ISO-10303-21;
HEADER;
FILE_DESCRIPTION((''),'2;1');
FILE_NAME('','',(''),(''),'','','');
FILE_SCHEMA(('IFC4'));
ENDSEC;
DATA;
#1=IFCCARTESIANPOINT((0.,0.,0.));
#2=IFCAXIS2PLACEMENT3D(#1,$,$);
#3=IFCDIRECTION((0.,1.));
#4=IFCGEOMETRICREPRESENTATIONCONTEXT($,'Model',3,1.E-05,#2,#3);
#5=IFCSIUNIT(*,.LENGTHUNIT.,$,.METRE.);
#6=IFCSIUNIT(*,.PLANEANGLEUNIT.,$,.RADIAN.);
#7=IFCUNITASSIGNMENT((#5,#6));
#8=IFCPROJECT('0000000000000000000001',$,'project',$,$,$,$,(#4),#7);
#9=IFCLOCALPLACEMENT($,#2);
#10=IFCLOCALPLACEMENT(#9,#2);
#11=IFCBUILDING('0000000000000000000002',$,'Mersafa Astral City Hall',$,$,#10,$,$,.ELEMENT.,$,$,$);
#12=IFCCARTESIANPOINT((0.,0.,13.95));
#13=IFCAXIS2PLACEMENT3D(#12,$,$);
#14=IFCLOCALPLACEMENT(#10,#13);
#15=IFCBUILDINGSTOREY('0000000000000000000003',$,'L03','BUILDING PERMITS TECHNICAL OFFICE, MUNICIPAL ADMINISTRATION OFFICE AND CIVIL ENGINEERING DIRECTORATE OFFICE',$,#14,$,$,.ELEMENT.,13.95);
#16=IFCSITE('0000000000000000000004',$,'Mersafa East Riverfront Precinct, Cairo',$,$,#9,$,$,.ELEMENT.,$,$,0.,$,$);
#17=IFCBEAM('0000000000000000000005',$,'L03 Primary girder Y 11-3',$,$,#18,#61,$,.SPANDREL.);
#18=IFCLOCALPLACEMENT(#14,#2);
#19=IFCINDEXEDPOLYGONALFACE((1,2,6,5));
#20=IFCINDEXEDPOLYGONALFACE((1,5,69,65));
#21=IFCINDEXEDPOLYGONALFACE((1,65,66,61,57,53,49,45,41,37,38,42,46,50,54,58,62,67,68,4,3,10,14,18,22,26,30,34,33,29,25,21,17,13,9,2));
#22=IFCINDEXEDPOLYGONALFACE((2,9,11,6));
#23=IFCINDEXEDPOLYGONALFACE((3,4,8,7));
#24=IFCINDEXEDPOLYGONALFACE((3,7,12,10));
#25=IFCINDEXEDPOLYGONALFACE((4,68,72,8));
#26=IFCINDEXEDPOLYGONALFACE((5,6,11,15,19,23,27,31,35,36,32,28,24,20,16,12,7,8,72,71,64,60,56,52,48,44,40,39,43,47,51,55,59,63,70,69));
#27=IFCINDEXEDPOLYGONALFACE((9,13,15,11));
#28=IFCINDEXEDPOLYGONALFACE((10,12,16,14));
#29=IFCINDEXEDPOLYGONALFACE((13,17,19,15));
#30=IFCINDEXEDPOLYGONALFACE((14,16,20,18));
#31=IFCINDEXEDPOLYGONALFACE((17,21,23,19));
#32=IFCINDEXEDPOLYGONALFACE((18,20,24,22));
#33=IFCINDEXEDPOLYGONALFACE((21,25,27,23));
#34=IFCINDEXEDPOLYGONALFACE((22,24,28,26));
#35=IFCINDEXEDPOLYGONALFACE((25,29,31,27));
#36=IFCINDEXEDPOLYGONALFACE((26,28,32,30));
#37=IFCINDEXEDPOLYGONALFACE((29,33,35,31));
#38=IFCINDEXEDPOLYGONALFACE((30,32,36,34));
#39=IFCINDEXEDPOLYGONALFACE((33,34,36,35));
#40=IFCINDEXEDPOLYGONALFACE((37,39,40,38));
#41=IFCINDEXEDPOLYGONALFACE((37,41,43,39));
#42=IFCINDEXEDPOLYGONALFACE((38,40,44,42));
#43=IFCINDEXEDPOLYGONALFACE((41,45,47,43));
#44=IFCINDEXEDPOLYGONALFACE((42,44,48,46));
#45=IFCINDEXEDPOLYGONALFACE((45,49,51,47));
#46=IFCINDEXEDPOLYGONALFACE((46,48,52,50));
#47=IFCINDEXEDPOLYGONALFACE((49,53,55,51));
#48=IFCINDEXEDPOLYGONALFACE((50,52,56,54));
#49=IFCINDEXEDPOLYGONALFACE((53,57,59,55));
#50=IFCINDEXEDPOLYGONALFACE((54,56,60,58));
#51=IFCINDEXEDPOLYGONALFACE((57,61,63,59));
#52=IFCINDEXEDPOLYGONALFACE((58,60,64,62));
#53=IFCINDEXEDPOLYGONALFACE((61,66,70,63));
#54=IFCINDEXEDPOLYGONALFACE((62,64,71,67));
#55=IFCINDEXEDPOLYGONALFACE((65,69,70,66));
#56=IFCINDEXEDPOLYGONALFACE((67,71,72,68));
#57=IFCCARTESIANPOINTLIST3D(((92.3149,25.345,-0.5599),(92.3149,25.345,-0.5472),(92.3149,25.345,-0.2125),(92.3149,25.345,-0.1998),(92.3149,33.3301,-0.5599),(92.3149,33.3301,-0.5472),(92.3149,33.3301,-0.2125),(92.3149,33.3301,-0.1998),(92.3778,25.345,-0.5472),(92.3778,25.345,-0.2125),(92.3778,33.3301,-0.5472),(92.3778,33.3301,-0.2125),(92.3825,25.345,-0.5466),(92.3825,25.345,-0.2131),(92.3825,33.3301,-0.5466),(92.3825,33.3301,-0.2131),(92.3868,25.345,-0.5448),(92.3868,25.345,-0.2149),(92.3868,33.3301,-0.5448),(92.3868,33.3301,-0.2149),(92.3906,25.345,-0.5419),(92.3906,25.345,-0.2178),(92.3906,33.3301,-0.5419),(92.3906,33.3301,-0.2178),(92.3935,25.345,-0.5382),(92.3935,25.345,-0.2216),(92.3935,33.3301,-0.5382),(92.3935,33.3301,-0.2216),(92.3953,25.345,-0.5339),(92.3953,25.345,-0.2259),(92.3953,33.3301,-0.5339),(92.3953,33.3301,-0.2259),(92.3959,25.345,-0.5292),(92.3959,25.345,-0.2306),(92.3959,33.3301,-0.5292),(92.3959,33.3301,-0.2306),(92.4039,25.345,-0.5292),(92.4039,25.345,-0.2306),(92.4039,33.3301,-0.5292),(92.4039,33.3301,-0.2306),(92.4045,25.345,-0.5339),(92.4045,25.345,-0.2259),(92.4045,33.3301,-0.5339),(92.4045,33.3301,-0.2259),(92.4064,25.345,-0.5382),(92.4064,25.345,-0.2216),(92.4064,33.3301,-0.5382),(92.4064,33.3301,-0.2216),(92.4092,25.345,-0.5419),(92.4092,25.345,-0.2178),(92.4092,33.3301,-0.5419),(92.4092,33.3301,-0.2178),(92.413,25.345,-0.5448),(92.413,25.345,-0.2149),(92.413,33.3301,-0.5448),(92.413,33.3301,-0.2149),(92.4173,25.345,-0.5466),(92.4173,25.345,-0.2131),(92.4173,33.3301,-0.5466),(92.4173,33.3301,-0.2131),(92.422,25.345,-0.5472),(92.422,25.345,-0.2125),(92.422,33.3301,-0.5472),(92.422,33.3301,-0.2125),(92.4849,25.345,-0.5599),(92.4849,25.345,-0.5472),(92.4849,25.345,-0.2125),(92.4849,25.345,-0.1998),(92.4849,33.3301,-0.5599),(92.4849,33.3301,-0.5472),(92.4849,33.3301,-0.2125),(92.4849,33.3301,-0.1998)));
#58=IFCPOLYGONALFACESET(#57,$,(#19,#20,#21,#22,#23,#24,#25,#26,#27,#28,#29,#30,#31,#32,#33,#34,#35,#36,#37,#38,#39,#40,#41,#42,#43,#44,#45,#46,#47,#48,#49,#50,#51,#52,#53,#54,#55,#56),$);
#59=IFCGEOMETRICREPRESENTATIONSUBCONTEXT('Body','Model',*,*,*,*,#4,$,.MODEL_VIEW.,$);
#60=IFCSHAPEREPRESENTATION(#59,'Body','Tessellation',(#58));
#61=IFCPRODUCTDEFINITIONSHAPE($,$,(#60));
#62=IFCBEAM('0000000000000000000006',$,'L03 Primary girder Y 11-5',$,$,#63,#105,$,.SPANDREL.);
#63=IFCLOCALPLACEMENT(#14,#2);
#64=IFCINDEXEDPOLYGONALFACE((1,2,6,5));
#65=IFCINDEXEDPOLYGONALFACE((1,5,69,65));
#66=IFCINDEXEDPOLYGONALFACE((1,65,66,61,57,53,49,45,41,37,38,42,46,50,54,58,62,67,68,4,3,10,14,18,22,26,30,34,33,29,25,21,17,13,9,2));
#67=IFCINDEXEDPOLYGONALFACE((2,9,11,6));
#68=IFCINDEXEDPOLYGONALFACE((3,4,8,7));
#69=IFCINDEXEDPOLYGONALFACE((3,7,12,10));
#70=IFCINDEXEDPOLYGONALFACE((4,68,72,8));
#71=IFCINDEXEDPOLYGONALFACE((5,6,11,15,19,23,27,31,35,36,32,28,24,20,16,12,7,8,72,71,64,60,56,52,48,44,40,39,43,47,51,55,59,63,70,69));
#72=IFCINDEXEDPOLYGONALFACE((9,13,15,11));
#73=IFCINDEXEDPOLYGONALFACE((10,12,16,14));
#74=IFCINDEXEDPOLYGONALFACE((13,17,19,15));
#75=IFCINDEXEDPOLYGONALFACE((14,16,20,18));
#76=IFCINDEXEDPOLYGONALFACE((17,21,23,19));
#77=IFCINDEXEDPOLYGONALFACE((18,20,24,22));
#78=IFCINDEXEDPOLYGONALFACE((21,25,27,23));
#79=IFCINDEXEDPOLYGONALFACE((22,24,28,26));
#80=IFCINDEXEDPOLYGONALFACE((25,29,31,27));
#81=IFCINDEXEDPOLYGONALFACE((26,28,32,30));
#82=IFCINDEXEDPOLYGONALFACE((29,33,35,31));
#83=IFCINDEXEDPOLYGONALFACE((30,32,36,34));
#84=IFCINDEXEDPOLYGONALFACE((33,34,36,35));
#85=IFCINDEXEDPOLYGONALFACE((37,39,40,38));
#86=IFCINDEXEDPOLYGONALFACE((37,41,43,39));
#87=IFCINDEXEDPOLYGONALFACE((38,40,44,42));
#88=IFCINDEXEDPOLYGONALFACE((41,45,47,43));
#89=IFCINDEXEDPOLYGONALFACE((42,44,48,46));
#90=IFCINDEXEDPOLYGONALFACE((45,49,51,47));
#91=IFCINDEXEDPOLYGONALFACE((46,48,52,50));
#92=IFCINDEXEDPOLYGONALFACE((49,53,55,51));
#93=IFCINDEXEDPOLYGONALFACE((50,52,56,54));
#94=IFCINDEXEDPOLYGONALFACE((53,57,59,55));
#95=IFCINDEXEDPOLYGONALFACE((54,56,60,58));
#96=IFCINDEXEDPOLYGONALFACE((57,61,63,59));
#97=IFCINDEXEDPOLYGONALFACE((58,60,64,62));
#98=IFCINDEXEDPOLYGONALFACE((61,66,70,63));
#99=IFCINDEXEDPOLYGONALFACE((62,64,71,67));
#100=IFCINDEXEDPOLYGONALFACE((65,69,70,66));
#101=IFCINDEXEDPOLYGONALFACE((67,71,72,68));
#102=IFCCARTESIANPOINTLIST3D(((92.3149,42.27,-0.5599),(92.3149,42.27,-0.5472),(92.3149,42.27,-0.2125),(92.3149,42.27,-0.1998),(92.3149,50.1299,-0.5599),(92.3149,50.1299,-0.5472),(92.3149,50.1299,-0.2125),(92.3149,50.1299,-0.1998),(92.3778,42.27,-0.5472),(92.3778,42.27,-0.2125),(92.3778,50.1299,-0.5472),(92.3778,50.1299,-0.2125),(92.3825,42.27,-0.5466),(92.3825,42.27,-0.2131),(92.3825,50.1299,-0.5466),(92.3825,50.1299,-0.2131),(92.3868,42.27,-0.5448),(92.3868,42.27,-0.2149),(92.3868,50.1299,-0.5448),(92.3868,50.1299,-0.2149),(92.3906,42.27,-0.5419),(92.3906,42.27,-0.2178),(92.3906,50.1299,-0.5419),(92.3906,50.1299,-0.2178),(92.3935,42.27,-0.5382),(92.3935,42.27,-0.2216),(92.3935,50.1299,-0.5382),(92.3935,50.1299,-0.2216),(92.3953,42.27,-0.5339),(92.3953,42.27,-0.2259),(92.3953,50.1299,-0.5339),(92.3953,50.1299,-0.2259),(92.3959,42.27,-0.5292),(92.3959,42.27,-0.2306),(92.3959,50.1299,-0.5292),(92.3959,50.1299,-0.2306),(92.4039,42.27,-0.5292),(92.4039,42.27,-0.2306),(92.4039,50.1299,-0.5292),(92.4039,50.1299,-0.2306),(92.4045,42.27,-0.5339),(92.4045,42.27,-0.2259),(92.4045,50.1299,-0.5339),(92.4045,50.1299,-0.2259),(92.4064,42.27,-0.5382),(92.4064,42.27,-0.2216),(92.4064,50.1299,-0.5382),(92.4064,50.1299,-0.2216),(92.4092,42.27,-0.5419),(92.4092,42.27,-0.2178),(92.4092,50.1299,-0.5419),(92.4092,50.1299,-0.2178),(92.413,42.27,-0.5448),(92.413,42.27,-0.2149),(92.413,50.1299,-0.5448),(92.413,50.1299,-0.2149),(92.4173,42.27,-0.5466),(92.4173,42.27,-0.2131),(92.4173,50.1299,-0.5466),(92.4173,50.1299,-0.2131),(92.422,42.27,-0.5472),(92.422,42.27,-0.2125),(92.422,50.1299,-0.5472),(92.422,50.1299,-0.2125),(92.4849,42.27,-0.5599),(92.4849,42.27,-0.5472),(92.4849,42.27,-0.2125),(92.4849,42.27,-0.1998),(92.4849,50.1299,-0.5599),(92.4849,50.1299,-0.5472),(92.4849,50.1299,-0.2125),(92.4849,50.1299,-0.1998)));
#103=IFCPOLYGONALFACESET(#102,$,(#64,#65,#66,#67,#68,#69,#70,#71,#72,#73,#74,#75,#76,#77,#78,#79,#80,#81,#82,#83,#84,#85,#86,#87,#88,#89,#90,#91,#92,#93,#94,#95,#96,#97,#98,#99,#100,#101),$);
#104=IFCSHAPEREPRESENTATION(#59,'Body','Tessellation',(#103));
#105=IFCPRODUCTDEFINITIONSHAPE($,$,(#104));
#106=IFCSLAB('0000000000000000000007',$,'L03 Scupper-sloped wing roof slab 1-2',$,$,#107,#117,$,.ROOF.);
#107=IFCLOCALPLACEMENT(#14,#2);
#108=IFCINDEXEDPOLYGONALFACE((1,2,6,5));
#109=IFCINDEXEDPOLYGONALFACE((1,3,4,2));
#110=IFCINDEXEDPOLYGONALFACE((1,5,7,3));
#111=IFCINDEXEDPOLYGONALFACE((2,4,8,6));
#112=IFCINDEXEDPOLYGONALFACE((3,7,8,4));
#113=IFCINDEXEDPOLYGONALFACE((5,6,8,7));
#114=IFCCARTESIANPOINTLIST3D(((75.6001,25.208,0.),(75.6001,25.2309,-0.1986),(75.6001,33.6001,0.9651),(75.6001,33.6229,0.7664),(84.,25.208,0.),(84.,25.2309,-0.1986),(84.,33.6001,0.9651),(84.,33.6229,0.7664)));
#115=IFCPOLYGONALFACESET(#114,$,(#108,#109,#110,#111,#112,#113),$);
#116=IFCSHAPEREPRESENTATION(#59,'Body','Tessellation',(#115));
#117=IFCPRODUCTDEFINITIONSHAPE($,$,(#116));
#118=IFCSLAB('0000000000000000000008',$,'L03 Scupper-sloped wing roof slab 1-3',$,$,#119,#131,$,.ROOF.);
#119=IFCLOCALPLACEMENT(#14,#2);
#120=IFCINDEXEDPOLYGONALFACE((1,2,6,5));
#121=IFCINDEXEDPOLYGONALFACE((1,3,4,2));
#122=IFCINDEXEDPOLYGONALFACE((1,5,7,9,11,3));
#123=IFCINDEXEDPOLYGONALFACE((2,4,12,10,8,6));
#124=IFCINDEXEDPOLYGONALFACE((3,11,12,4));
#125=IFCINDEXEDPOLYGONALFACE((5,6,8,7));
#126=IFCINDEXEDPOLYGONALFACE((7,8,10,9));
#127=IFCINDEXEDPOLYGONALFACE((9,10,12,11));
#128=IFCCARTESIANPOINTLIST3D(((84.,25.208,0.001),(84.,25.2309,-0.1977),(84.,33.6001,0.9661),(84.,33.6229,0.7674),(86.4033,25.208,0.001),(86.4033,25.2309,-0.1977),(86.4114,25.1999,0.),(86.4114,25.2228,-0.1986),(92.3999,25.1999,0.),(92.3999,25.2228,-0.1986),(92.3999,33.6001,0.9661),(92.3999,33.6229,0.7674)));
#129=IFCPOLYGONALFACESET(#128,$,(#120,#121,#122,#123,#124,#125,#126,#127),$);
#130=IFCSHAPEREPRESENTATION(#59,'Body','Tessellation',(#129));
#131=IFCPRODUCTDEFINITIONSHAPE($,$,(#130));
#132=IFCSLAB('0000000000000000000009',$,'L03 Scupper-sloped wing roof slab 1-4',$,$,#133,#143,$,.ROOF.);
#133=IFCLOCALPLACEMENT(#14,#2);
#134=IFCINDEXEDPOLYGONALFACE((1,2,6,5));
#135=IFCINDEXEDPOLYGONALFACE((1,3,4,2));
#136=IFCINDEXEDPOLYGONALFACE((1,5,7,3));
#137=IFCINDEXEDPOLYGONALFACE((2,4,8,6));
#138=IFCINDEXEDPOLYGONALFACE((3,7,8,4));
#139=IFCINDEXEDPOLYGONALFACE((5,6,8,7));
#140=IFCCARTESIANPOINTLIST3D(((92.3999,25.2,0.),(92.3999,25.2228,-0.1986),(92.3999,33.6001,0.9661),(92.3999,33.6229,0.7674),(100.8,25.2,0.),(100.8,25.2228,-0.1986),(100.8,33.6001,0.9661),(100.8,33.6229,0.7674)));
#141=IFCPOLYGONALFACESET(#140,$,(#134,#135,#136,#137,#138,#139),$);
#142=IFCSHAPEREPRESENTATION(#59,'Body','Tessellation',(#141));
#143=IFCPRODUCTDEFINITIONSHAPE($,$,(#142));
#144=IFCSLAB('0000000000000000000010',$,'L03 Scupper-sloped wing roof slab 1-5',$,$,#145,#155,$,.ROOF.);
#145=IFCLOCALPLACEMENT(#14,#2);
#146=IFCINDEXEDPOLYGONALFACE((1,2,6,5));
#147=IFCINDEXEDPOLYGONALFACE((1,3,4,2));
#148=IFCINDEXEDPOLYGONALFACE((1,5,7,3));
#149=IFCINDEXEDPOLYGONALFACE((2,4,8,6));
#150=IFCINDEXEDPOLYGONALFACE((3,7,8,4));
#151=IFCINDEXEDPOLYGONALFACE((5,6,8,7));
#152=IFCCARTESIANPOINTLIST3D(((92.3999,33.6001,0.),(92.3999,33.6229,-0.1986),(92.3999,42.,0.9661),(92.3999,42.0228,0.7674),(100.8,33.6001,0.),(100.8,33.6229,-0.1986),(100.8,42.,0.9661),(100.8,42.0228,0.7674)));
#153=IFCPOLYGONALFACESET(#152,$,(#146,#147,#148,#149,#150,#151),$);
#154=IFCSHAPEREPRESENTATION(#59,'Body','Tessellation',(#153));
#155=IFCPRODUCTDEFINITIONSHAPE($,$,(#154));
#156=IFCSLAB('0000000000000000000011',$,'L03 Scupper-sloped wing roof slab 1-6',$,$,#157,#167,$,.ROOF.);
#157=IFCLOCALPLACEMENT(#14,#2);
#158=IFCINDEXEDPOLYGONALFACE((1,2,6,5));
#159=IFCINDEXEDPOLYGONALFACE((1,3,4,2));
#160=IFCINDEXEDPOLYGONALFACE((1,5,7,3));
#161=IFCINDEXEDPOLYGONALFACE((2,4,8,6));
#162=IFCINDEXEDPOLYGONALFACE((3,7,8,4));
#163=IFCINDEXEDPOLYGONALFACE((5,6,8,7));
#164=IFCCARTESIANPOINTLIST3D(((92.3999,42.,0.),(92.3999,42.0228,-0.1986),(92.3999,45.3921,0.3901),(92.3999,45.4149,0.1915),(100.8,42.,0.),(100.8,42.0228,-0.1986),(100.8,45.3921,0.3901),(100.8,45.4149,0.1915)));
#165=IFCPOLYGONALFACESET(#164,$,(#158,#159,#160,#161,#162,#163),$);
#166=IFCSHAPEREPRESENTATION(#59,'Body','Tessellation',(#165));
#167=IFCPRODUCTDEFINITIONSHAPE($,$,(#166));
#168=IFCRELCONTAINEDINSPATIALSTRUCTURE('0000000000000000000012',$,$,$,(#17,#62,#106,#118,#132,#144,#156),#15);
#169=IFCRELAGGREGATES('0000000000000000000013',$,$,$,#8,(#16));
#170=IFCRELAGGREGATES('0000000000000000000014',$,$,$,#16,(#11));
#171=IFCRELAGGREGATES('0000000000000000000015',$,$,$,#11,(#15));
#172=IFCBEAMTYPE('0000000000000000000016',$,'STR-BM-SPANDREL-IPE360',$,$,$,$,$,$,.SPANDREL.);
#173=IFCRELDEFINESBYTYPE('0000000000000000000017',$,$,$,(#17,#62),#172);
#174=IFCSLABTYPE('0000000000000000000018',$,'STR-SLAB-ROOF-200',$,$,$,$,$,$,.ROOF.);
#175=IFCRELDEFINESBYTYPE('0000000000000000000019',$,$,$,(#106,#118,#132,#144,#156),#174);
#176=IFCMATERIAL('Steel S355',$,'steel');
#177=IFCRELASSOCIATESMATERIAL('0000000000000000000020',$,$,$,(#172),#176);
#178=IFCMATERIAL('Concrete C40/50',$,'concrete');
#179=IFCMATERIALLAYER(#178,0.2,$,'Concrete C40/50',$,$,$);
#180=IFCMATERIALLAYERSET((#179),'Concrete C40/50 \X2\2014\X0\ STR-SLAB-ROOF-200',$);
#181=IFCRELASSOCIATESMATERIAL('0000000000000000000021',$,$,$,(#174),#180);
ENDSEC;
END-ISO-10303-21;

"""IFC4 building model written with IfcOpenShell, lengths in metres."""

from ifc_helpers import new_model, si_unit, direction, frame, origin, origin_2d, place, context, subcontext, project, spatial, polyline, i_section, outline, extrude, material, layer, layer_set, material_profile, profile_set, type_object, element, save


model = new_model("IFC4")

# Units and contexts
model_context = context("Model", 3, precision=1e-05, world=origin(), true_north=direction((0.0, 1.0)))
body_context = subcontext(model_context, "Body", "Model", "MODEL_VIEW")
ifc_project = project(units=[si_unit("LENGTHUNIT", "METRE"), si_unit("PLANEANGLEUNIT", "RADIAN")], contexts=[model_context])

# Site, building, storey
site_placement = place(None, origin())
site = spatial("IfcSite", under=ifc_project, at=site_placement, Name="Mersafa East Riverfront Precinct, Cairo", CompositionType="ELEMENT", RefElevation=0.0)
building_placement = place(site_placement, origin())
building = spatial("IfcBuilding", under=site, at=building_placement, Name="Mersafa Astral City Hall", CompositionType="ELEMENT")
storey_placement = place(building_placement, frame((0.0, 0.0, 13.95)))
storey = spatial("IfcBuildingStorey", under=building, at=storey_placement, Name="L03", Description="BUILDING PERMITS TECHNICAL OFFICE, MUNICIPAL ADMINISTRATION OFFICE AND CIVIL ENGINEERING DIRECTORATE OFFICE", CompositionType="ELEMENT", Elevation=13.95)

# Shared definitions
ifc_material_1 = material(Name="Concrete C40/50", Category="concrete")

# Beams
ifc_material_2 = material(Name="Steel S355", Category="steel")
ifc_material_profile_1 = material_profile(ifc_material_2, i_section(OverallWidth=0.1699, OverallDepth=0.3601, WebThickness=0.0081, FlangeThickness=0.0127, FilletRadius=0.0181, at=origin_2d()), Name="IPE 360")
ifc_profile_set_1 = profile_set([ifc_material_profile_1], Name="Steel S355")
beam_type_1 = type_object("IfcBeamType", Name="STR-BM-SPANDREL-IPE360", PredefinedType="SPANDREL", material=ifc_profile_set_1)
beam_1_placement = place(storey_placement, frame((92.3999, 25.345, -0.3799), z_axis=(0.0, 1.0, 0.0), x_axis=(-1.0, 0.0, 0.0)))
element("IfcBeam", 1, at=beam_1_placement, inside=storey, type_object=beam_type_1, Name="L03 Primary girder Y 11-3", PredefinedType="SPANDREL", context=body_context, shape_type="SweptSolid", body=[
    extrude(i_section(OverallWidth=0.1699, OverallDepth=0.3601, WebThickness=0.0081, FlangeThickness=0.0127, FilletRadius=0.0181, at=origin_2d()), origin(), (0.0, 0.0, 1.0), 7.9851),
])
beam_2_placement = place(storey_placement, frame((92.3999, 42.27, -0.3799), z_axis=(0.0, 1.0, 0.0), x_axis=(-1.0, 0.0, 0.0)))
element("IfcBeam", 2, at=beam_2_placement, inside=storey, type_object=beam_type_1, Name="L03 Primary girder Y 11-5", PredefinedType="SPANDREL", context=body_context, shape_type="SweptSolid", body=[
    extrude(i_section(OverallWidth=0.1699, OverallDepth=0.3601, WebThickness=0.0081, FlangeThickness=0.0127, FilletRadius=0.0181, at=origin_2d()), origin(), (0.0, 0.0, 1.0), 7.8599),
])

# Slabs
ifc_layer = layer(ifc_material_1, 0.2, Name="Concrete C40/50")
ifc_layer_set = layer_set([ifc_layer], Name="Concrete C40/50 — STR-SLAB-ROOF-200")
slab_type = type_object("IfcSlabType", Name="STR-SLAB-ROOF-200", PredefinedType="ROOF", material=ifc_layer_set)
slab_1_placement = place(storey_placement, frame((84.0, 33.6001, 0.9651), z_axis=(0.0, -0.114247, 0.993452), x_axis=(-1.0, 0.0, 0.0)))
element("IfcSlab", 3, at=slab_1_placement, inside=storey, type_object=slab_type, Name="L03 Scupper-sloped wing roof slab 1-2", PredefinedType="ROOF", context=body_context, shape_type="SweptSolid", body=[
    extrude(outline(polyline([(0.0, 0.0), (8.3999, 0.0), (8.3999, 8.4474), (0.0, 8.4474), (0.0, 0.0)])), origin(), (0.0, 0.0, -1.0), 0.2),
])
slab_2_placement = place(storey_placement, frame((92.3999, 33.6001, 0.9661), z_axis=(0.000003, -0.114251, 0.993452), x_axis=(-1.0, 0.0, 0.000003)))
element("IfcSlab", 4, at=slab_2_placement, inside=storey, type_object=slab_type, Name="L03 Scupper-sloped wing roof slab 1-3", PredefinedType="ROOF", context=body_context, shape_type="SweptSolid", body=[
    extrude(outline(polyline([(0.0, 0.0), (8.3999, 0.0), (8.3999, 8.4474), (5.9966, 8.4474), (5.9885, 8.4555), (0.0, 8.4555), (0.0, 0.0)])), origin(), (0.0, 0.0, -1.0), 0.2),
])
slab_3_placement = place(storey_placement, frame((92.3999, 25.2, 0.0), z_axis=(0.0, -0.114253, 0.993452), x_axis=(1.0, 0.0, 0.0)))
element("IfcSlab", 5, at=slab_3_placement, inside=storey, type_object=slab_type, Name="L03 Scupper-sloped wing roof slab 1-4", PredefinedType="ROOF", context=body_context, shape_type="SweptSolid", body=[
    extrude(outline(polyline([(0.0, 0.0), (8.4001, 0.0), (8.4001, 8.4555), (0.0, 8.4555), (0.0, 0.0)])), origin(), (0.0, 0.0, -1.0), 0.2),
])
slab_4_placement = place(storey_placement, frame((92.3999, 42.0, 0.9661), z_axis=(0.0, -0.114256, 0.993451), x_axis=(0.0, -0.993451, -0.114256)))
element("IfcSlab", 6, at=slab_4_placement, inside=storey, type_object=slab_type, Name="L03 Scupper-sloped wing roof slab 1-5", PredefinedType="ROOF", context=body_context, shape_type="SweptSolid", body=[
    extrude(outline(polyline([(0.0, 0.0), (8.4553, 0.0), (8.4553, 8.4001), (0.0, 8.4001), (0.0, 0.0)])), origin(), (0.0, 0.0, -1.0), 0.2),
])
slab_5_placement = place(storey_placement, frame((92.3999, 45.3921, 0.3901), z_axis=(0.0, -0.11426, 0.993451), x_axis=(0.0, -0.993451, -0.11426)))
element("IfcSlab", 7, at=slab_5_placement, inside=storey, type_object=slab_type, Name="L03 Scupper-sloped wing roof slab 1-6", PredefinedType="ROOF", context=body_context, shape_type="SweptSolid", body=[
    extrude(outline(polyline([(0.0, 0.0), (3.4145, 0.0), (3.4145, 8.4001), (0.0, 8.4001), (0.0, 0.0)])), origin(), (0.0, 0.0, -1.0), 0.2),
])

save(model, "model.ifc")
